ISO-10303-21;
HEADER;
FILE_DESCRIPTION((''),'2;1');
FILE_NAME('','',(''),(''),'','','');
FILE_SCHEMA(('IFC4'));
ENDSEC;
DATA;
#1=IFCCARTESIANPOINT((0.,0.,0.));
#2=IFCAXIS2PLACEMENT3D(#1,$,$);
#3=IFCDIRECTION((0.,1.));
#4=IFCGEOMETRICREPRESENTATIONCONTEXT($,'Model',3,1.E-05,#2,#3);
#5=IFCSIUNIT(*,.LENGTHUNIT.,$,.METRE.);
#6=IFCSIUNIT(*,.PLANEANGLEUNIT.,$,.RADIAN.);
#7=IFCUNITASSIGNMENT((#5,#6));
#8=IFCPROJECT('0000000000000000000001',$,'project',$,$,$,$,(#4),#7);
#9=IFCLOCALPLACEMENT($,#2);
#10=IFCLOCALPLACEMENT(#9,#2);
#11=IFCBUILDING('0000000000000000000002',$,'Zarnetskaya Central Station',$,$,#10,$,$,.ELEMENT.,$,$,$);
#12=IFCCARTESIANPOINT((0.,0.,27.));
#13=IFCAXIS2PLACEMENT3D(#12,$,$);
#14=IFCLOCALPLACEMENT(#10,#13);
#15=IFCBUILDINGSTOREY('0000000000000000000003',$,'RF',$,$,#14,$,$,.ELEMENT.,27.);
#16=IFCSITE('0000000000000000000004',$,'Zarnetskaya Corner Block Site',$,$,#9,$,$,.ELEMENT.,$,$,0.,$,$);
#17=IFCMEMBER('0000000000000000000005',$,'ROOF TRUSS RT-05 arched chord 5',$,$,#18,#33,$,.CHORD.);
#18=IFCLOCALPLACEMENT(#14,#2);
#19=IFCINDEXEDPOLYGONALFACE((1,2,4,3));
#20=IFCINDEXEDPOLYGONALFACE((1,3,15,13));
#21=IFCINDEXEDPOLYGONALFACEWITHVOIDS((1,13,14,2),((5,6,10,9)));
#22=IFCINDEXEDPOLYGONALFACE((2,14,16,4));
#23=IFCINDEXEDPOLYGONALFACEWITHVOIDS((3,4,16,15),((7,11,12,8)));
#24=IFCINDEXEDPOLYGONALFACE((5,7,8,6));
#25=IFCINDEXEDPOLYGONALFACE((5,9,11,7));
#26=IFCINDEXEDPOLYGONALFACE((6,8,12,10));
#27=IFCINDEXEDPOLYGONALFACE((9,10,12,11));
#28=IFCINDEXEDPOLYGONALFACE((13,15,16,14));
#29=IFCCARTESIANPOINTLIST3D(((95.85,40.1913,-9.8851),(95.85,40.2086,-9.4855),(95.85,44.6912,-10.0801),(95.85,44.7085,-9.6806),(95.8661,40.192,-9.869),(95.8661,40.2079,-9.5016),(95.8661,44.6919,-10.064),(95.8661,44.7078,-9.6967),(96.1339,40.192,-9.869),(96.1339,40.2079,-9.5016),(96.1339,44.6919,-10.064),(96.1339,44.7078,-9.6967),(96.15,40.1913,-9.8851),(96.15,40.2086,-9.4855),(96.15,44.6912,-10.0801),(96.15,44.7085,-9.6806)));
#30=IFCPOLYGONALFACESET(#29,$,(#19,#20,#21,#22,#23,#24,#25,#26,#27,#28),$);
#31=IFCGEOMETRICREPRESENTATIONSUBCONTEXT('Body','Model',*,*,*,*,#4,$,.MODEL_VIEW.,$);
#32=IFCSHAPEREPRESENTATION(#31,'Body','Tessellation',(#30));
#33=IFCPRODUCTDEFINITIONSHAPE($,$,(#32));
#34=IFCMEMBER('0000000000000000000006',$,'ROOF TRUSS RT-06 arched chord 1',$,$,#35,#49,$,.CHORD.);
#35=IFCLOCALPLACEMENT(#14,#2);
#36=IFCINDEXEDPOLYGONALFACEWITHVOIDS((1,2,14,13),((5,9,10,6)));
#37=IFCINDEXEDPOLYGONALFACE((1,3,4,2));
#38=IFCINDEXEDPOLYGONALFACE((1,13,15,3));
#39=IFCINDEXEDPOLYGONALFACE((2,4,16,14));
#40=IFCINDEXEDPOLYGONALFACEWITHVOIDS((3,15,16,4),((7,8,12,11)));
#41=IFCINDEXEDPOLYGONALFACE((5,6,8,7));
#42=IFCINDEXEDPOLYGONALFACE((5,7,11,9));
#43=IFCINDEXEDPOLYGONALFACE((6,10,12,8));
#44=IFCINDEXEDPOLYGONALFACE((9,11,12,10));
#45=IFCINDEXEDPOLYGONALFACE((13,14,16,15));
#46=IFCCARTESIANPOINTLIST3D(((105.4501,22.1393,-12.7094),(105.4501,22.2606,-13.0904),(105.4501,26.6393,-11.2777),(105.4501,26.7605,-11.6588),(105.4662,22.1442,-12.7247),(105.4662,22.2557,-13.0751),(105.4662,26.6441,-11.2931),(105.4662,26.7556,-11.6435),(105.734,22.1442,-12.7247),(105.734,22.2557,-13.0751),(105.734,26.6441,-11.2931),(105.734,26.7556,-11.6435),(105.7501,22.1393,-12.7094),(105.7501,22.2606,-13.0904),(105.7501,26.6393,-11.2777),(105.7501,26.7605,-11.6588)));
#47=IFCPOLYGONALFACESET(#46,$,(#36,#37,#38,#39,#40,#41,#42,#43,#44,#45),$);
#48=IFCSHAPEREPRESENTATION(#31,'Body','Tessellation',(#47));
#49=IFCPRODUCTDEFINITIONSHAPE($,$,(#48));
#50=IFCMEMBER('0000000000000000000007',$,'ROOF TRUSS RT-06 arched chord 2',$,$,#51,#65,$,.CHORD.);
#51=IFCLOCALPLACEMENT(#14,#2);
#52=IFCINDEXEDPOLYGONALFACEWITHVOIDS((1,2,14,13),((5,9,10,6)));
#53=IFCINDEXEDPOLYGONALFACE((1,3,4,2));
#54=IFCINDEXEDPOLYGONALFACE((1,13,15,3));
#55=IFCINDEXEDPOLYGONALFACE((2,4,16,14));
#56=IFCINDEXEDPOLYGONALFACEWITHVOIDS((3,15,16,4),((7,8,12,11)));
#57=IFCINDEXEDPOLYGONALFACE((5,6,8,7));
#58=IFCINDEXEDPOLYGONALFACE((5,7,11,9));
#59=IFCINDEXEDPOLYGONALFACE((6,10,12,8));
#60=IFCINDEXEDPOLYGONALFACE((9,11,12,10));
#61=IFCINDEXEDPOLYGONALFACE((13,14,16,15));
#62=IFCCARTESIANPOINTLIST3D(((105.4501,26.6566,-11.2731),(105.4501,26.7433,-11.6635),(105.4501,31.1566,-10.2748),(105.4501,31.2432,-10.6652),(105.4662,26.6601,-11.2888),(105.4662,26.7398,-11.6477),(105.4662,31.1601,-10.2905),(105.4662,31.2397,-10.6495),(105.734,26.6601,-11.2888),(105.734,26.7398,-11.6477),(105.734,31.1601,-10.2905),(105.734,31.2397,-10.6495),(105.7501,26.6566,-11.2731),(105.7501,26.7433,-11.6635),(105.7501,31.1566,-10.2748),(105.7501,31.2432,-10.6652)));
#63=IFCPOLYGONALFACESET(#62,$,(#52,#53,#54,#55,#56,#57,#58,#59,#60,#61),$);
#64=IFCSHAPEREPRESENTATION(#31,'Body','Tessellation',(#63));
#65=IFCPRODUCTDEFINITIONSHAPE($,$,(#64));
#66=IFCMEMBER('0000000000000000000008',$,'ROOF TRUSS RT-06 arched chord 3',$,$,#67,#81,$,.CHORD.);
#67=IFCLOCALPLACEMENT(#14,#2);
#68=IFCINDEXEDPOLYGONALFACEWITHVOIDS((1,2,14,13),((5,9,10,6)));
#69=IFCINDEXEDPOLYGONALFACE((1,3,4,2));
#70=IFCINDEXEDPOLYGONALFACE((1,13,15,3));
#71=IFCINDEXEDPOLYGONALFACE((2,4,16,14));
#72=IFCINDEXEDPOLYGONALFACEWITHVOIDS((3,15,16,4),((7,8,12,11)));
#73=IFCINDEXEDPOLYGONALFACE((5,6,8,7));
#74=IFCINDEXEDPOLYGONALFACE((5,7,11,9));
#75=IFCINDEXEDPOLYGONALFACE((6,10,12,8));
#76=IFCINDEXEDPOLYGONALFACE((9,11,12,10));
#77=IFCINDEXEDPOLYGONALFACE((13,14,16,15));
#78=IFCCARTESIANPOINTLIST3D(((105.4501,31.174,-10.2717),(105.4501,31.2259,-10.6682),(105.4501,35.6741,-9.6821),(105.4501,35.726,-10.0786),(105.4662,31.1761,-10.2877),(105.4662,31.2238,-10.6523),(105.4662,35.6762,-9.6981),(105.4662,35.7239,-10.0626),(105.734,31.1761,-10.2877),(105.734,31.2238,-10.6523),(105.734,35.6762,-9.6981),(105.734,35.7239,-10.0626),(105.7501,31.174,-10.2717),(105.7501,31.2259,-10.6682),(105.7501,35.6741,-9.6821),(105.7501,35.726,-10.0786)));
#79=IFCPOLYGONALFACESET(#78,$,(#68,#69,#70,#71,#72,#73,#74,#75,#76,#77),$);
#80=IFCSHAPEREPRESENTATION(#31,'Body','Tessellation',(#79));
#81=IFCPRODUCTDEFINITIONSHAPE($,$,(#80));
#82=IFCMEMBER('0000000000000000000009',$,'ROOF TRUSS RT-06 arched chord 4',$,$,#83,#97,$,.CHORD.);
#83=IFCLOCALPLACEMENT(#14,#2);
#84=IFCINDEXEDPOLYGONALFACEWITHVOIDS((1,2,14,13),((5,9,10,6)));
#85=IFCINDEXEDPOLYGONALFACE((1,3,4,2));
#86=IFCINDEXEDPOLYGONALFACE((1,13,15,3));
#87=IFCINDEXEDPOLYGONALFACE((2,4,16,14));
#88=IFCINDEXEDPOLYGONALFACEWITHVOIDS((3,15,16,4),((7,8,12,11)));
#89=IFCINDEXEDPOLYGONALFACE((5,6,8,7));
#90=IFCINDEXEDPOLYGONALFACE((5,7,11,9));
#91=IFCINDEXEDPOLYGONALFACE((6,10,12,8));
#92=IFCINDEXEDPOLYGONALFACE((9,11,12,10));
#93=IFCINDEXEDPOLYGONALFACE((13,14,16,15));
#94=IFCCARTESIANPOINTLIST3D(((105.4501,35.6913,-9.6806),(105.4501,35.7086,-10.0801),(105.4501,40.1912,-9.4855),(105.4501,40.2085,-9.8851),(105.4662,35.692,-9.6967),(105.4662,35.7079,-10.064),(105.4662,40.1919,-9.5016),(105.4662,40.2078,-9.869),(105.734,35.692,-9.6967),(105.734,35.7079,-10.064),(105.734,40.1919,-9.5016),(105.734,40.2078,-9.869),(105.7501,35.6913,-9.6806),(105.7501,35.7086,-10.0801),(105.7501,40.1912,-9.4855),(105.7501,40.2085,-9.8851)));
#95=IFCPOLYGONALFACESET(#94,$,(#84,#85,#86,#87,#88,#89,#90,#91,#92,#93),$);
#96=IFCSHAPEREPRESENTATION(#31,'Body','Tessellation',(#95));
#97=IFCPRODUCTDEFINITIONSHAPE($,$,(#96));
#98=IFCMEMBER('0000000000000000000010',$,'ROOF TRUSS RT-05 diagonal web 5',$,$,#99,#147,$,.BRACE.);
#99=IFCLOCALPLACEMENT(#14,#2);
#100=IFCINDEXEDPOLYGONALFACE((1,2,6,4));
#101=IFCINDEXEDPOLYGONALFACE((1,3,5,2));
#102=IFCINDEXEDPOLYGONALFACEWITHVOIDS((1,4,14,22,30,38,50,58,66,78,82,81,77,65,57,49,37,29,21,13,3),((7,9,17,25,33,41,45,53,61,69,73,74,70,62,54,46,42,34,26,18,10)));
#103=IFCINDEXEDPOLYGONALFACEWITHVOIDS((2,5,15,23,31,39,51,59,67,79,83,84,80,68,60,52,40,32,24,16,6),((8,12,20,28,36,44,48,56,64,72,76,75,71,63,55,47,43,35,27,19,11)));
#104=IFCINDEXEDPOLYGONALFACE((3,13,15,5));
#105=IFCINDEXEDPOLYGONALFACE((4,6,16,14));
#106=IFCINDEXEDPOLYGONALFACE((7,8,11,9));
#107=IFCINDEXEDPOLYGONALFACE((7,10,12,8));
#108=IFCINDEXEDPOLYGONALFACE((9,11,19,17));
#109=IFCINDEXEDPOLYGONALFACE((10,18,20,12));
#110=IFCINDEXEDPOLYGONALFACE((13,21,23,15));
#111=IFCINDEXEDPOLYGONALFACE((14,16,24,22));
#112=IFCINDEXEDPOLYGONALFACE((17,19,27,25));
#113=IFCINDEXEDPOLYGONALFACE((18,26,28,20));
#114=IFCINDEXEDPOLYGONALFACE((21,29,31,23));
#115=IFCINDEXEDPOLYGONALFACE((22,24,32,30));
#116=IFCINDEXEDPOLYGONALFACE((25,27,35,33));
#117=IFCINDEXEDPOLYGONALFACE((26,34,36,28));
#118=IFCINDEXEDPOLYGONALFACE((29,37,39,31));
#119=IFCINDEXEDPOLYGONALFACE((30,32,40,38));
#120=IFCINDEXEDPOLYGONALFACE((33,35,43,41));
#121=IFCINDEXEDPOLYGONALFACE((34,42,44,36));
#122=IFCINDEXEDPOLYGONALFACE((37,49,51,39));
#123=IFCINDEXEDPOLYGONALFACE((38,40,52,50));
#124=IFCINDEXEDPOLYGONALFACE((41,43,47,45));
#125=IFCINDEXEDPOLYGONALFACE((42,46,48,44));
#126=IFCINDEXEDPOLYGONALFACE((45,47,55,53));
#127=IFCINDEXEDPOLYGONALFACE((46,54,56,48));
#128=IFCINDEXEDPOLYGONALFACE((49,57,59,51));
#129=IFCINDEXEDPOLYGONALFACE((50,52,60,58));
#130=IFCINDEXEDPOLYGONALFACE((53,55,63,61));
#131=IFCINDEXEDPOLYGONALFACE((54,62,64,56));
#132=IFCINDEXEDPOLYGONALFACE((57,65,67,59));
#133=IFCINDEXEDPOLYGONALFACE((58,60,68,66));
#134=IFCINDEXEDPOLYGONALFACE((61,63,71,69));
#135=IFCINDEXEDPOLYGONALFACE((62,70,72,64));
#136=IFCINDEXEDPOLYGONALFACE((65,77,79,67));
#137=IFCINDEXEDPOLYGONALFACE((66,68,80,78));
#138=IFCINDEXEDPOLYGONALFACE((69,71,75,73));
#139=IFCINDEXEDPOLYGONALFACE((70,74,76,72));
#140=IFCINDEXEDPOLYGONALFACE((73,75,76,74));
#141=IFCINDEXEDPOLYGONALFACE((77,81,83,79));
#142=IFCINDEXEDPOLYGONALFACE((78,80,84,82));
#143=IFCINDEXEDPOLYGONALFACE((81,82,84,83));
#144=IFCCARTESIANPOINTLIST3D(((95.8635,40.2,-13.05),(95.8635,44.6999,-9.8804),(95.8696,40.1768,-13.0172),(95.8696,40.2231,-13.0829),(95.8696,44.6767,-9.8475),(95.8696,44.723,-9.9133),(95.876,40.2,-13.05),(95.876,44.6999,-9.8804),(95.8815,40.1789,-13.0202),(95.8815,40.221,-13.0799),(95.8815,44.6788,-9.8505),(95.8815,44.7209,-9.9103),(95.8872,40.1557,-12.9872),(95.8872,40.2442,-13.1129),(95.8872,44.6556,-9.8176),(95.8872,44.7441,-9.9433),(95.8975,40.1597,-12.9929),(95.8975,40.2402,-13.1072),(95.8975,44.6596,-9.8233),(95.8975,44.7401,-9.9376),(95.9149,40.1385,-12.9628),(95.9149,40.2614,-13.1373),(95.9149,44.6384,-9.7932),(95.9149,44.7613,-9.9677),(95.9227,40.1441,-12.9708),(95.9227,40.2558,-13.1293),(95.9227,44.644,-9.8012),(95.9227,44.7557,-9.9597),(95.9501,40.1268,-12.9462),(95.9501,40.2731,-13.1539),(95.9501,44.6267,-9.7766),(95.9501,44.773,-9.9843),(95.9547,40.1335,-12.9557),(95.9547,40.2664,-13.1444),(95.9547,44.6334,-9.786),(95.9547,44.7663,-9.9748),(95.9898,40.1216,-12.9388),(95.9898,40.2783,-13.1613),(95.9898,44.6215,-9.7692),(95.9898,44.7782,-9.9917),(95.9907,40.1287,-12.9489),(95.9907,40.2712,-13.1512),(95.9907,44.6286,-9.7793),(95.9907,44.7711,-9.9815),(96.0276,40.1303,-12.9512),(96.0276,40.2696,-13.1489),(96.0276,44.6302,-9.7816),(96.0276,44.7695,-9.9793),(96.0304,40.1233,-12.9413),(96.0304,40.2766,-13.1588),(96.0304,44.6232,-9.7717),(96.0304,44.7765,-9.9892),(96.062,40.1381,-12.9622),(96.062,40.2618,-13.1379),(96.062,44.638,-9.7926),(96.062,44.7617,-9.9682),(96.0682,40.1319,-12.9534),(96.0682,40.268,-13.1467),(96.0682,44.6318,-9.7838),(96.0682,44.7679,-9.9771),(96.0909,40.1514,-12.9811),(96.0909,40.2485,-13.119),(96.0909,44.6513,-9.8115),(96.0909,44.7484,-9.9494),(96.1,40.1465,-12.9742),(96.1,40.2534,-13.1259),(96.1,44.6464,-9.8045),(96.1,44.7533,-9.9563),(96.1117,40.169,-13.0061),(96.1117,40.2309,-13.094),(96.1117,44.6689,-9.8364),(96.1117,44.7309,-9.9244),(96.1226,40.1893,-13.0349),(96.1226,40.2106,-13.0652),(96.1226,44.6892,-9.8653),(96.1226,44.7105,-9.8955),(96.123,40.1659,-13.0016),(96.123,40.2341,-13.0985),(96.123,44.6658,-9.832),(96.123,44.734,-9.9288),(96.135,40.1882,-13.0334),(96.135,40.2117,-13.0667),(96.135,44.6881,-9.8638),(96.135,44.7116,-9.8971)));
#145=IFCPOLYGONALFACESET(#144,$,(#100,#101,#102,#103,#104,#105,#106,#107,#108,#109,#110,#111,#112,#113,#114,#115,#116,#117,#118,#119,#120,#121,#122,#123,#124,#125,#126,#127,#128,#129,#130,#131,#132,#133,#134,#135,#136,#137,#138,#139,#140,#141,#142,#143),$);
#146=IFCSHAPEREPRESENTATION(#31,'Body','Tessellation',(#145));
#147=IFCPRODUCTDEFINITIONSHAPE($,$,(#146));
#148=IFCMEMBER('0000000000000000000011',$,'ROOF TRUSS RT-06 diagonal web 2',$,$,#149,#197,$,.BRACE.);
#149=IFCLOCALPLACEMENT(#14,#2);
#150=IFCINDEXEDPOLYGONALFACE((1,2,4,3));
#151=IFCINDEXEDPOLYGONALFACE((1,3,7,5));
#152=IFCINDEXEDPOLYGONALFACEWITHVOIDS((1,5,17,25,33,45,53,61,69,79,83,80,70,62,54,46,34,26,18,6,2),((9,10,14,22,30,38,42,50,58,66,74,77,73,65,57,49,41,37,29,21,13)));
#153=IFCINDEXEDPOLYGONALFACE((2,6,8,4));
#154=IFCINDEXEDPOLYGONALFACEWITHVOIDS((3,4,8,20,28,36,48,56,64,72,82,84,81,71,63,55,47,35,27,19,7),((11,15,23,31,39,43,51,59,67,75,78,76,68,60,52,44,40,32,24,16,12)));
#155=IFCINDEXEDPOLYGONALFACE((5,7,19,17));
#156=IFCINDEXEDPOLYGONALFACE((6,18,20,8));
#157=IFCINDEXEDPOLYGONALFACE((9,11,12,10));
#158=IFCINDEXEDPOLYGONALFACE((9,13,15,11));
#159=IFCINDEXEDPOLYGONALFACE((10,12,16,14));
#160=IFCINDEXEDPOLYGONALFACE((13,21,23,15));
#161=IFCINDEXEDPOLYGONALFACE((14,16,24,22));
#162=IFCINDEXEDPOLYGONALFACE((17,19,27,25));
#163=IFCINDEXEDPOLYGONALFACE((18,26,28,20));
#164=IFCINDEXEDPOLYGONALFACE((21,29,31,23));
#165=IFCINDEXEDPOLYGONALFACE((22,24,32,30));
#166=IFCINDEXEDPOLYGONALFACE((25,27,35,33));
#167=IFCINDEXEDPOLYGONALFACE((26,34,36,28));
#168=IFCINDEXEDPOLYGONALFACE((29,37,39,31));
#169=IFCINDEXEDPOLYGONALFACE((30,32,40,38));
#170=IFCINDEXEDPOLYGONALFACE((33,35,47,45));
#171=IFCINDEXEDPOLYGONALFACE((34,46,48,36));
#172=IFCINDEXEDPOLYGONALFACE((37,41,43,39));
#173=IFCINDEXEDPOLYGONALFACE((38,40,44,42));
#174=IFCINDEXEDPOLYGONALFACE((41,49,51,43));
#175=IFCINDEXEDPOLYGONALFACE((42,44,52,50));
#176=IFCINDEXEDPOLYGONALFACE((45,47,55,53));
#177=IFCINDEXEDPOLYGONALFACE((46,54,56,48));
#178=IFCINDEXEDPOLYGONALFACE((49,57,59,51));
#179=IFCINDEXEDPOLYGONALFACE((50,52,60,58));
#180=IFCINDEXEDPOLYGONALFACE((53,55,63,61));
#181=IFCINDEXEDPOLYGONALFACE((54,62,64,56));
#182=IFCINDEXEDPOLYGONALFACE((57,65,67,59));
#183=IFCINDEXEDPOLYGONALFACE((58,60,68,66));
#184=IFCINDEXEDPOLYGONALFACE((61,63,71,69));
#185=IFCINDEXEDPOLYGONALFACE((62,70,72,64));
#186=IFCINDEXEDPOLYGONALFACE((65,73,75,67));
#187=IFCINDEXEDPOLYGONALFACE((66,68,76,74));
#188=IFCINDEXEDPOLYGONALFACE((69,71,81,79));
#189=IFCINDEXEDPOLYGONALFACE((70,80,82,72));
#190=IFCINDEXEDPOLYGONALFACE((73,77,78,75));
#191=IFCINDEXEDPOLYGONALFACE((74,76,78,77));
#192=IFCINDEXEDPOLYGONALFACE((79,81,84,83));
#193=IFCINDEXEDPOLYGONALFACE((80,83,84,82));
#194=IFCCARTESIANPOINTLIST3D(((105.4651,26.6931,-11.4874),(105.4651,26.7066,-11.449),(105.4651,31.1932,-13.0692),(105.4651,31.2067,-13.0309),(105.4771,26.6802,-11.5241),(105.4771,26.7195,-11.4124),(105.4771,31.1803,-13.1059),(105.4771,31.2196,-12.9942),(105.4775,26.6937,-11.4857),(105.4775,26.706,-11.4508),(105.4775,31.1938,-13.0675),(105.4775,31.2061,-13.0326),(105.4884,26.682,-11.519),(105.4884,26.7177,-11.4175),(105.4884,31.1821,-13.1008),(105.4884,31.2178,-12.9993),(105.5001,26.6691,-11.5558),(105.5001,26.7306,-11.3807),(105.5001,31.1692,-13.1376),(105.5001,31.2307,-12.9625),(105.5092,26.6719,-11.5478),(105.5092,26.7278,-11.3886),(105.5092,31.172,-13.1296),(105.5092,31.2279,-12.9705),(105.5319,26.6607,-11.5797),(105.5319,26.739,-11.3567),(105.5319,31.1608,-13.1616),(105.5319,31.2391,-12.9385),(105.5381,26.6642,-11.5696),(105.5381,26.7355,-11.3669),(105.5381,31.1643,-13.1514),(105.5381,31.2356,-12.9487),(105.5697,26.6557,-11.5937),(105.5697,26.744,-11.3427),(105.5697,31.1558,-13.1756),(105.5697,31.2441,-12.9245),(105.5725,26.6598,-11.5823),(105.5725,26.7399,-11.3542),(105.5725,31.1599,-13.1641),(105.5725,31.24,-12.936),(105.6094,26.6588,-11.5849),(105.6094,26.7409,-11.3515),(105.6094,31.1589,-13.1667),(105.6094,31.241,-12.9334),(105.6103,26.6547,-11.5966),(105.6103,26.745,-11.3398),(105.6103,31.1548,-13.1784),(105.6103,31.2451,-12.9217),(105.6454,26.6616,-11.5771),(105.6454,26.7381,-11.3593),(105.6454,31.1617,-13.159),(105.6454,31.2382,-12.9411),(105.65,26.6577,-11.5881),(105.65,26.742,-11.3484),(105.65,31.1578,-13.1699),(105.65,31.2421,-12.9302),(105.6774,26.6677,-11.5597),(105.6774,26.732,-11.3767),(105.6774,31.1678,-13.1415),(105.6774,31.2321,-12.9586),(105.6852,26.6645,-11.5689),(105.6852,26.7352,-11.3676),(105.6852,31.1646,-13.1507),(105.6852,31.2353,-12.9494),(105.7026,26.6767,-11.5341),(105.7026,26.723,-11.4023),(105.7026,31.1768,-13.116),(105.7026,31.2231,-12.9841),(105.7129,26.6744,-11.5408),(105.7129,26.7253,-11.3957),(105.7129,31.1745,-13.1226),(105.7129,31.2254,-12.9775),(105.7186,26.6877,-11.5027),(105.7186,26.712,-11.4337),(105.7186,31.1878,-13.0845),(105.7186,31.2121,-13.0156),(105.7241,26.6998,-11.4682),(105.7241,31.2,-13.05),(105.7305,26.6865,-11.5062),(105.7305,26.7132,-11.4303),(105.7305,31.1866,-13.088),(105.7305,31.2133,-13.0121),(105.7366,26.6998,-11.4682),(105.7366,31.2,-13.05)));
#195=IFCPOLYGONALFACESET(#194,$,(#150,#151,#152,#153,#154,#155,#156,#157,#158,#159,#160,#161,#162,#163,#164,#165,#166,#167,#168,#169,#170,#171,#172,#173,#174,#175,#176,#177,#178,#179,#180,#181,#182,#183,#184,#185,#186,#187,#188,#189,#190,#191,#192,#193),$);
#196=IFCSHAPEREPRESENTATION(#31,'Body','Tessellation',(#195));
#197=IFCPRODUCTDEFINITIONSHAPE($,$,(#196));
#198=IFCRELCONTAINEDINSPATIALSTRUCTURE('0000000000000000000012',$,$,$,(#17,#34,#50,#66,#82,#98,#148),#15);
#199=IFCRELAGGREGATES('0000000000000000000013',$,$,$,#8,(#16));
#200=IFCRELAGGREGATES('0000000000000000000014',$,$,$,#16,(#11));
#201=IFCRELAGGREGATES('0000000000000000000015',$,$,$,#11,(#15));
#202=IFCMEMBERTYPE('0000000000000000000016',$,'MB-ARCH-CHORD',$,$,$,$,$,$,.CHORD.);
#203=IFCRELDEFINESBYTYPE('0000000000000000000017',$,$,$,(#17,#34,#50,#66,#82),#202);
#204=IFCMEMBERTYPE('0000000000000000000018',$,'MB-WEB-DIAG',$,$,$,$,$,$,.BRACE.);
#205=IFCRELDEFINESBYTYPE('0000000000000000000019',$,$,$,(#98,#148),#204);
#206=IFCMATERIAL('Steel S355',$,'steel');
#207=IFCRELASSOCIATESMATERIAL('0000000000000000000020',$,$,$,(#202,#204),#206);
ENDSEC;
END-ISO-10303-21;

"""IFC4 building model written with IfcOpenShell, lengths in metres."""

from ifc_helpers import new_model, si_unit, direction, frame, origin, origin_2d, place, context, subcontext, project, spatial, hollow_rectangle, hollow_circle, extrude, material, material_profile, profile_set, type_object, element, save


model = new_model("IFC4")

# Units and contexts
model_context = context("Model", 3, precision=1e-05, world=origin(), true_north=direction((0.0, 1.0)))
body_context = subcontext(model_context, "Body", "Model", "MODEL_VIEW")
ifc_project = project(units=[si_unit("LENGTHUNIT", "METRE"), si_unit("PLANEANGLEUNIT", "RADIAN")], contexts=[model_context])

# Site, building, storey
site_placement = place(None, origin())
site = spatial("IfcSite", under=ifc_project, at=site_placement, Name="Zarnetskaya Corner Block Site", CompositionType="ELEMENT", RefElevation=0.0)
building_placement = place(site_placement, origin())
building = spatial("IfcBuilding", under=site, at=building_placement, Name="Zarnetskaya Central Station", CompositionType="ELEMENT")
storey_placement = place(building_placement, frame((0.0, 0.0, 27.0)))
storey = spatial("IfcBuildingStorey", under=building, at=storey_placement, Name="RF", CompositionType="ELEMENT", Elevation=27.0)

# Shared definitions
ifc_material_1 = material(Name="Steel S355", Category="steel")

# Members
ifc_material_profile_1 = material_profile(ifc_material_1, hollow_rectangle(XDim=0.3, YDim=0.3999, WallThickness=0.0161, at=origin_2d()), Name="RHS 400x300x16")
ifc_profile_set_1 = profile_set([ifc_material_profile_1], Name="Steel S355")
member_type_1 = type_object("IfcMemberType", Name="MB-ARCH-CHORD", PredefinedType="CHORD", material=ifc_profile_set_1)
member_1_placement = place(storey_placement, frame((96.0, 40.2, -9.6853), z_axis=(0.0, 0.999062, -0.043308), x_axis=(-1.0, 0.0, 0.0)))
element("IfcMember", 1, at=member_1_placement, inside=storey, type_object=member_type_1, Name="ROOF TRUSS RT-05 arched chord 5", PredefinedType="CHORD", context=body_context, shape_type="SweptSolid", body=[
    extrude(hollow_rectangle(XDim=0.3, YDim=0.3999, WallThickness=0.0161, at=origin_2d()), origin(), (0.0, 0.0, 1.0), 4.5042),
])
member_2_placement = place(storey_placement, frame((105.6001, 22.2, -12.8999), z_axis=(0.0, 0.952937, 0.30317), x_axis=(-1.0, 0.0, 0.0)))
element("IfcMember", 2, at=member_2_placement, inside=storey, type_object=member_type_1, Name="ROOF TRUSS RT-06 arched chord 1", PredefinedType="CHORD", context=body_context, shape_type="SweptSolid", body=[
    extrude(hollow_rectangle(XDim=0.3, YDim=0.3999, WallThickness=0.0161, at=origin_2d()), origin(), (0.0, 0.0, 1.0), 4.7222),
])
member_3_placement = place(storey_placement, frame((105.6001, 26.7, -11.4683), z_axis=(0.0, 0.976266, 0.216577), x_axis=(-1.0, 0.0, 0.0)))
element("IfcMember", 3, at=member_3_placement, inside=storey, type_object=member_type_1, Name="ROOF TRUSS RT-06 arched chord 2", PredefinedType="CHORD", context=body_context, shape_type="SweptSolid", body=[
    extrude(hollow_rectangle(XDim=0.3, YDim=0.3999, WallThickness=0.0161, at=origin_2d()), origin(), (0.0, 0.0, 1.0), 4.6094),
])
member_4_placement = place(storey_placement, frame((105.6001, 31.2, -10.47), z_axis=(0.0, 0.991526, 0.129912), x_axis=(-1.0, 0.0, 0.0)))
element("IfcMember", 4, at=member_4_placement, inside=storey, type_object=member_type_1, Name="ROOF TRUSS RT-06 arched chord 3", PredefinedType="CHORD", context=body_context, shape_type="SweptSolid", body=[
    extrude(hollow_rectangle(XDim=0.3, YDim=0.3999, WallThickness=0.0161, at=origin_2d()), origin(), (0.0, 0.0, 1.0), 4.5386),
])
member_5_placement = place(storey_placement, frame((105.6001, 35.7, -9.8804), z_axis=(0.0, 0.999062, 0.043308), x_axis=(-1.0, 0.0, 0.0)))
element("IfcMember", 5, at=member_5_placement, inside=storey, type_object=member_type_1, Name="ROOF TRUSS RT-06 arched chord 4", PredefinedType="CHORD", context=body_context, shape_type="SweptSolid", body=[
    extrude(hollow_rectangle(XDim=0.3, YDim=0.3999, WallThickness=0.0161, at=origin_2d()), origin(), (0.0, 0.0, 1.0), 4.5042),
])
ifc_material_profile_2 = material_profile(ifc_material_1, hollow_circle(Radius=0.1365, WallThickness=0.0125, at=origin_2d()), Name="CHS 273x12.5")
ifc_profile_set_2 = profile_set([ifc_material_profile_2], Name="Steel S355")
member_type_2 = type_object("IfcMemberType", Name="MB-WEB-DIAG", PredefinedType="BRACE", material=ifc_profile_set_2)
member_6_placement = place(storey_placement, frame((96.0, 40.2, -13.05), z_axis=(0.0, 0.817549, 0.575859), x_axis=(-1.0, 0.0, 0.0)))
element("IfcMember", 6, at=member_6_placement, inside=storey, type_object=member_type_2, Name="ROOF TRUSS RT-05 diagonal web 5", PredefinedType="BRACE", context=body_context, shape_type="SweptSolid", body=[
    extrude(hollow_circle(Radius=0.1365, WallThickness=0.0125, at=origin_2d()), origin(), (0.0, 0.0, 1.0), 5.5042),
])
member_7_placement = place(storey_placement, frame((105.6001, 31.2, -13.05), z_axis=(0.0, -0.943414, 0.331618), x_axis=(1.0, 0.0, 0.0)))
element("IfcMember", 7, at=member_7_placement, inside=storey, type_object=member_type_2, Name="ROOF TRUSS RT-06 diagonal web 2", PredefinedType="BRACE", context=body_context, shape_type="SweptSolid", body=[
    extrude(hollow_circle(Radius=0.1365, WallThickness=0.0125, at=origin_2d()), origin(), (0.0, 0.0, 1.0), 4.77),
])

save(model, "model.ifc")
